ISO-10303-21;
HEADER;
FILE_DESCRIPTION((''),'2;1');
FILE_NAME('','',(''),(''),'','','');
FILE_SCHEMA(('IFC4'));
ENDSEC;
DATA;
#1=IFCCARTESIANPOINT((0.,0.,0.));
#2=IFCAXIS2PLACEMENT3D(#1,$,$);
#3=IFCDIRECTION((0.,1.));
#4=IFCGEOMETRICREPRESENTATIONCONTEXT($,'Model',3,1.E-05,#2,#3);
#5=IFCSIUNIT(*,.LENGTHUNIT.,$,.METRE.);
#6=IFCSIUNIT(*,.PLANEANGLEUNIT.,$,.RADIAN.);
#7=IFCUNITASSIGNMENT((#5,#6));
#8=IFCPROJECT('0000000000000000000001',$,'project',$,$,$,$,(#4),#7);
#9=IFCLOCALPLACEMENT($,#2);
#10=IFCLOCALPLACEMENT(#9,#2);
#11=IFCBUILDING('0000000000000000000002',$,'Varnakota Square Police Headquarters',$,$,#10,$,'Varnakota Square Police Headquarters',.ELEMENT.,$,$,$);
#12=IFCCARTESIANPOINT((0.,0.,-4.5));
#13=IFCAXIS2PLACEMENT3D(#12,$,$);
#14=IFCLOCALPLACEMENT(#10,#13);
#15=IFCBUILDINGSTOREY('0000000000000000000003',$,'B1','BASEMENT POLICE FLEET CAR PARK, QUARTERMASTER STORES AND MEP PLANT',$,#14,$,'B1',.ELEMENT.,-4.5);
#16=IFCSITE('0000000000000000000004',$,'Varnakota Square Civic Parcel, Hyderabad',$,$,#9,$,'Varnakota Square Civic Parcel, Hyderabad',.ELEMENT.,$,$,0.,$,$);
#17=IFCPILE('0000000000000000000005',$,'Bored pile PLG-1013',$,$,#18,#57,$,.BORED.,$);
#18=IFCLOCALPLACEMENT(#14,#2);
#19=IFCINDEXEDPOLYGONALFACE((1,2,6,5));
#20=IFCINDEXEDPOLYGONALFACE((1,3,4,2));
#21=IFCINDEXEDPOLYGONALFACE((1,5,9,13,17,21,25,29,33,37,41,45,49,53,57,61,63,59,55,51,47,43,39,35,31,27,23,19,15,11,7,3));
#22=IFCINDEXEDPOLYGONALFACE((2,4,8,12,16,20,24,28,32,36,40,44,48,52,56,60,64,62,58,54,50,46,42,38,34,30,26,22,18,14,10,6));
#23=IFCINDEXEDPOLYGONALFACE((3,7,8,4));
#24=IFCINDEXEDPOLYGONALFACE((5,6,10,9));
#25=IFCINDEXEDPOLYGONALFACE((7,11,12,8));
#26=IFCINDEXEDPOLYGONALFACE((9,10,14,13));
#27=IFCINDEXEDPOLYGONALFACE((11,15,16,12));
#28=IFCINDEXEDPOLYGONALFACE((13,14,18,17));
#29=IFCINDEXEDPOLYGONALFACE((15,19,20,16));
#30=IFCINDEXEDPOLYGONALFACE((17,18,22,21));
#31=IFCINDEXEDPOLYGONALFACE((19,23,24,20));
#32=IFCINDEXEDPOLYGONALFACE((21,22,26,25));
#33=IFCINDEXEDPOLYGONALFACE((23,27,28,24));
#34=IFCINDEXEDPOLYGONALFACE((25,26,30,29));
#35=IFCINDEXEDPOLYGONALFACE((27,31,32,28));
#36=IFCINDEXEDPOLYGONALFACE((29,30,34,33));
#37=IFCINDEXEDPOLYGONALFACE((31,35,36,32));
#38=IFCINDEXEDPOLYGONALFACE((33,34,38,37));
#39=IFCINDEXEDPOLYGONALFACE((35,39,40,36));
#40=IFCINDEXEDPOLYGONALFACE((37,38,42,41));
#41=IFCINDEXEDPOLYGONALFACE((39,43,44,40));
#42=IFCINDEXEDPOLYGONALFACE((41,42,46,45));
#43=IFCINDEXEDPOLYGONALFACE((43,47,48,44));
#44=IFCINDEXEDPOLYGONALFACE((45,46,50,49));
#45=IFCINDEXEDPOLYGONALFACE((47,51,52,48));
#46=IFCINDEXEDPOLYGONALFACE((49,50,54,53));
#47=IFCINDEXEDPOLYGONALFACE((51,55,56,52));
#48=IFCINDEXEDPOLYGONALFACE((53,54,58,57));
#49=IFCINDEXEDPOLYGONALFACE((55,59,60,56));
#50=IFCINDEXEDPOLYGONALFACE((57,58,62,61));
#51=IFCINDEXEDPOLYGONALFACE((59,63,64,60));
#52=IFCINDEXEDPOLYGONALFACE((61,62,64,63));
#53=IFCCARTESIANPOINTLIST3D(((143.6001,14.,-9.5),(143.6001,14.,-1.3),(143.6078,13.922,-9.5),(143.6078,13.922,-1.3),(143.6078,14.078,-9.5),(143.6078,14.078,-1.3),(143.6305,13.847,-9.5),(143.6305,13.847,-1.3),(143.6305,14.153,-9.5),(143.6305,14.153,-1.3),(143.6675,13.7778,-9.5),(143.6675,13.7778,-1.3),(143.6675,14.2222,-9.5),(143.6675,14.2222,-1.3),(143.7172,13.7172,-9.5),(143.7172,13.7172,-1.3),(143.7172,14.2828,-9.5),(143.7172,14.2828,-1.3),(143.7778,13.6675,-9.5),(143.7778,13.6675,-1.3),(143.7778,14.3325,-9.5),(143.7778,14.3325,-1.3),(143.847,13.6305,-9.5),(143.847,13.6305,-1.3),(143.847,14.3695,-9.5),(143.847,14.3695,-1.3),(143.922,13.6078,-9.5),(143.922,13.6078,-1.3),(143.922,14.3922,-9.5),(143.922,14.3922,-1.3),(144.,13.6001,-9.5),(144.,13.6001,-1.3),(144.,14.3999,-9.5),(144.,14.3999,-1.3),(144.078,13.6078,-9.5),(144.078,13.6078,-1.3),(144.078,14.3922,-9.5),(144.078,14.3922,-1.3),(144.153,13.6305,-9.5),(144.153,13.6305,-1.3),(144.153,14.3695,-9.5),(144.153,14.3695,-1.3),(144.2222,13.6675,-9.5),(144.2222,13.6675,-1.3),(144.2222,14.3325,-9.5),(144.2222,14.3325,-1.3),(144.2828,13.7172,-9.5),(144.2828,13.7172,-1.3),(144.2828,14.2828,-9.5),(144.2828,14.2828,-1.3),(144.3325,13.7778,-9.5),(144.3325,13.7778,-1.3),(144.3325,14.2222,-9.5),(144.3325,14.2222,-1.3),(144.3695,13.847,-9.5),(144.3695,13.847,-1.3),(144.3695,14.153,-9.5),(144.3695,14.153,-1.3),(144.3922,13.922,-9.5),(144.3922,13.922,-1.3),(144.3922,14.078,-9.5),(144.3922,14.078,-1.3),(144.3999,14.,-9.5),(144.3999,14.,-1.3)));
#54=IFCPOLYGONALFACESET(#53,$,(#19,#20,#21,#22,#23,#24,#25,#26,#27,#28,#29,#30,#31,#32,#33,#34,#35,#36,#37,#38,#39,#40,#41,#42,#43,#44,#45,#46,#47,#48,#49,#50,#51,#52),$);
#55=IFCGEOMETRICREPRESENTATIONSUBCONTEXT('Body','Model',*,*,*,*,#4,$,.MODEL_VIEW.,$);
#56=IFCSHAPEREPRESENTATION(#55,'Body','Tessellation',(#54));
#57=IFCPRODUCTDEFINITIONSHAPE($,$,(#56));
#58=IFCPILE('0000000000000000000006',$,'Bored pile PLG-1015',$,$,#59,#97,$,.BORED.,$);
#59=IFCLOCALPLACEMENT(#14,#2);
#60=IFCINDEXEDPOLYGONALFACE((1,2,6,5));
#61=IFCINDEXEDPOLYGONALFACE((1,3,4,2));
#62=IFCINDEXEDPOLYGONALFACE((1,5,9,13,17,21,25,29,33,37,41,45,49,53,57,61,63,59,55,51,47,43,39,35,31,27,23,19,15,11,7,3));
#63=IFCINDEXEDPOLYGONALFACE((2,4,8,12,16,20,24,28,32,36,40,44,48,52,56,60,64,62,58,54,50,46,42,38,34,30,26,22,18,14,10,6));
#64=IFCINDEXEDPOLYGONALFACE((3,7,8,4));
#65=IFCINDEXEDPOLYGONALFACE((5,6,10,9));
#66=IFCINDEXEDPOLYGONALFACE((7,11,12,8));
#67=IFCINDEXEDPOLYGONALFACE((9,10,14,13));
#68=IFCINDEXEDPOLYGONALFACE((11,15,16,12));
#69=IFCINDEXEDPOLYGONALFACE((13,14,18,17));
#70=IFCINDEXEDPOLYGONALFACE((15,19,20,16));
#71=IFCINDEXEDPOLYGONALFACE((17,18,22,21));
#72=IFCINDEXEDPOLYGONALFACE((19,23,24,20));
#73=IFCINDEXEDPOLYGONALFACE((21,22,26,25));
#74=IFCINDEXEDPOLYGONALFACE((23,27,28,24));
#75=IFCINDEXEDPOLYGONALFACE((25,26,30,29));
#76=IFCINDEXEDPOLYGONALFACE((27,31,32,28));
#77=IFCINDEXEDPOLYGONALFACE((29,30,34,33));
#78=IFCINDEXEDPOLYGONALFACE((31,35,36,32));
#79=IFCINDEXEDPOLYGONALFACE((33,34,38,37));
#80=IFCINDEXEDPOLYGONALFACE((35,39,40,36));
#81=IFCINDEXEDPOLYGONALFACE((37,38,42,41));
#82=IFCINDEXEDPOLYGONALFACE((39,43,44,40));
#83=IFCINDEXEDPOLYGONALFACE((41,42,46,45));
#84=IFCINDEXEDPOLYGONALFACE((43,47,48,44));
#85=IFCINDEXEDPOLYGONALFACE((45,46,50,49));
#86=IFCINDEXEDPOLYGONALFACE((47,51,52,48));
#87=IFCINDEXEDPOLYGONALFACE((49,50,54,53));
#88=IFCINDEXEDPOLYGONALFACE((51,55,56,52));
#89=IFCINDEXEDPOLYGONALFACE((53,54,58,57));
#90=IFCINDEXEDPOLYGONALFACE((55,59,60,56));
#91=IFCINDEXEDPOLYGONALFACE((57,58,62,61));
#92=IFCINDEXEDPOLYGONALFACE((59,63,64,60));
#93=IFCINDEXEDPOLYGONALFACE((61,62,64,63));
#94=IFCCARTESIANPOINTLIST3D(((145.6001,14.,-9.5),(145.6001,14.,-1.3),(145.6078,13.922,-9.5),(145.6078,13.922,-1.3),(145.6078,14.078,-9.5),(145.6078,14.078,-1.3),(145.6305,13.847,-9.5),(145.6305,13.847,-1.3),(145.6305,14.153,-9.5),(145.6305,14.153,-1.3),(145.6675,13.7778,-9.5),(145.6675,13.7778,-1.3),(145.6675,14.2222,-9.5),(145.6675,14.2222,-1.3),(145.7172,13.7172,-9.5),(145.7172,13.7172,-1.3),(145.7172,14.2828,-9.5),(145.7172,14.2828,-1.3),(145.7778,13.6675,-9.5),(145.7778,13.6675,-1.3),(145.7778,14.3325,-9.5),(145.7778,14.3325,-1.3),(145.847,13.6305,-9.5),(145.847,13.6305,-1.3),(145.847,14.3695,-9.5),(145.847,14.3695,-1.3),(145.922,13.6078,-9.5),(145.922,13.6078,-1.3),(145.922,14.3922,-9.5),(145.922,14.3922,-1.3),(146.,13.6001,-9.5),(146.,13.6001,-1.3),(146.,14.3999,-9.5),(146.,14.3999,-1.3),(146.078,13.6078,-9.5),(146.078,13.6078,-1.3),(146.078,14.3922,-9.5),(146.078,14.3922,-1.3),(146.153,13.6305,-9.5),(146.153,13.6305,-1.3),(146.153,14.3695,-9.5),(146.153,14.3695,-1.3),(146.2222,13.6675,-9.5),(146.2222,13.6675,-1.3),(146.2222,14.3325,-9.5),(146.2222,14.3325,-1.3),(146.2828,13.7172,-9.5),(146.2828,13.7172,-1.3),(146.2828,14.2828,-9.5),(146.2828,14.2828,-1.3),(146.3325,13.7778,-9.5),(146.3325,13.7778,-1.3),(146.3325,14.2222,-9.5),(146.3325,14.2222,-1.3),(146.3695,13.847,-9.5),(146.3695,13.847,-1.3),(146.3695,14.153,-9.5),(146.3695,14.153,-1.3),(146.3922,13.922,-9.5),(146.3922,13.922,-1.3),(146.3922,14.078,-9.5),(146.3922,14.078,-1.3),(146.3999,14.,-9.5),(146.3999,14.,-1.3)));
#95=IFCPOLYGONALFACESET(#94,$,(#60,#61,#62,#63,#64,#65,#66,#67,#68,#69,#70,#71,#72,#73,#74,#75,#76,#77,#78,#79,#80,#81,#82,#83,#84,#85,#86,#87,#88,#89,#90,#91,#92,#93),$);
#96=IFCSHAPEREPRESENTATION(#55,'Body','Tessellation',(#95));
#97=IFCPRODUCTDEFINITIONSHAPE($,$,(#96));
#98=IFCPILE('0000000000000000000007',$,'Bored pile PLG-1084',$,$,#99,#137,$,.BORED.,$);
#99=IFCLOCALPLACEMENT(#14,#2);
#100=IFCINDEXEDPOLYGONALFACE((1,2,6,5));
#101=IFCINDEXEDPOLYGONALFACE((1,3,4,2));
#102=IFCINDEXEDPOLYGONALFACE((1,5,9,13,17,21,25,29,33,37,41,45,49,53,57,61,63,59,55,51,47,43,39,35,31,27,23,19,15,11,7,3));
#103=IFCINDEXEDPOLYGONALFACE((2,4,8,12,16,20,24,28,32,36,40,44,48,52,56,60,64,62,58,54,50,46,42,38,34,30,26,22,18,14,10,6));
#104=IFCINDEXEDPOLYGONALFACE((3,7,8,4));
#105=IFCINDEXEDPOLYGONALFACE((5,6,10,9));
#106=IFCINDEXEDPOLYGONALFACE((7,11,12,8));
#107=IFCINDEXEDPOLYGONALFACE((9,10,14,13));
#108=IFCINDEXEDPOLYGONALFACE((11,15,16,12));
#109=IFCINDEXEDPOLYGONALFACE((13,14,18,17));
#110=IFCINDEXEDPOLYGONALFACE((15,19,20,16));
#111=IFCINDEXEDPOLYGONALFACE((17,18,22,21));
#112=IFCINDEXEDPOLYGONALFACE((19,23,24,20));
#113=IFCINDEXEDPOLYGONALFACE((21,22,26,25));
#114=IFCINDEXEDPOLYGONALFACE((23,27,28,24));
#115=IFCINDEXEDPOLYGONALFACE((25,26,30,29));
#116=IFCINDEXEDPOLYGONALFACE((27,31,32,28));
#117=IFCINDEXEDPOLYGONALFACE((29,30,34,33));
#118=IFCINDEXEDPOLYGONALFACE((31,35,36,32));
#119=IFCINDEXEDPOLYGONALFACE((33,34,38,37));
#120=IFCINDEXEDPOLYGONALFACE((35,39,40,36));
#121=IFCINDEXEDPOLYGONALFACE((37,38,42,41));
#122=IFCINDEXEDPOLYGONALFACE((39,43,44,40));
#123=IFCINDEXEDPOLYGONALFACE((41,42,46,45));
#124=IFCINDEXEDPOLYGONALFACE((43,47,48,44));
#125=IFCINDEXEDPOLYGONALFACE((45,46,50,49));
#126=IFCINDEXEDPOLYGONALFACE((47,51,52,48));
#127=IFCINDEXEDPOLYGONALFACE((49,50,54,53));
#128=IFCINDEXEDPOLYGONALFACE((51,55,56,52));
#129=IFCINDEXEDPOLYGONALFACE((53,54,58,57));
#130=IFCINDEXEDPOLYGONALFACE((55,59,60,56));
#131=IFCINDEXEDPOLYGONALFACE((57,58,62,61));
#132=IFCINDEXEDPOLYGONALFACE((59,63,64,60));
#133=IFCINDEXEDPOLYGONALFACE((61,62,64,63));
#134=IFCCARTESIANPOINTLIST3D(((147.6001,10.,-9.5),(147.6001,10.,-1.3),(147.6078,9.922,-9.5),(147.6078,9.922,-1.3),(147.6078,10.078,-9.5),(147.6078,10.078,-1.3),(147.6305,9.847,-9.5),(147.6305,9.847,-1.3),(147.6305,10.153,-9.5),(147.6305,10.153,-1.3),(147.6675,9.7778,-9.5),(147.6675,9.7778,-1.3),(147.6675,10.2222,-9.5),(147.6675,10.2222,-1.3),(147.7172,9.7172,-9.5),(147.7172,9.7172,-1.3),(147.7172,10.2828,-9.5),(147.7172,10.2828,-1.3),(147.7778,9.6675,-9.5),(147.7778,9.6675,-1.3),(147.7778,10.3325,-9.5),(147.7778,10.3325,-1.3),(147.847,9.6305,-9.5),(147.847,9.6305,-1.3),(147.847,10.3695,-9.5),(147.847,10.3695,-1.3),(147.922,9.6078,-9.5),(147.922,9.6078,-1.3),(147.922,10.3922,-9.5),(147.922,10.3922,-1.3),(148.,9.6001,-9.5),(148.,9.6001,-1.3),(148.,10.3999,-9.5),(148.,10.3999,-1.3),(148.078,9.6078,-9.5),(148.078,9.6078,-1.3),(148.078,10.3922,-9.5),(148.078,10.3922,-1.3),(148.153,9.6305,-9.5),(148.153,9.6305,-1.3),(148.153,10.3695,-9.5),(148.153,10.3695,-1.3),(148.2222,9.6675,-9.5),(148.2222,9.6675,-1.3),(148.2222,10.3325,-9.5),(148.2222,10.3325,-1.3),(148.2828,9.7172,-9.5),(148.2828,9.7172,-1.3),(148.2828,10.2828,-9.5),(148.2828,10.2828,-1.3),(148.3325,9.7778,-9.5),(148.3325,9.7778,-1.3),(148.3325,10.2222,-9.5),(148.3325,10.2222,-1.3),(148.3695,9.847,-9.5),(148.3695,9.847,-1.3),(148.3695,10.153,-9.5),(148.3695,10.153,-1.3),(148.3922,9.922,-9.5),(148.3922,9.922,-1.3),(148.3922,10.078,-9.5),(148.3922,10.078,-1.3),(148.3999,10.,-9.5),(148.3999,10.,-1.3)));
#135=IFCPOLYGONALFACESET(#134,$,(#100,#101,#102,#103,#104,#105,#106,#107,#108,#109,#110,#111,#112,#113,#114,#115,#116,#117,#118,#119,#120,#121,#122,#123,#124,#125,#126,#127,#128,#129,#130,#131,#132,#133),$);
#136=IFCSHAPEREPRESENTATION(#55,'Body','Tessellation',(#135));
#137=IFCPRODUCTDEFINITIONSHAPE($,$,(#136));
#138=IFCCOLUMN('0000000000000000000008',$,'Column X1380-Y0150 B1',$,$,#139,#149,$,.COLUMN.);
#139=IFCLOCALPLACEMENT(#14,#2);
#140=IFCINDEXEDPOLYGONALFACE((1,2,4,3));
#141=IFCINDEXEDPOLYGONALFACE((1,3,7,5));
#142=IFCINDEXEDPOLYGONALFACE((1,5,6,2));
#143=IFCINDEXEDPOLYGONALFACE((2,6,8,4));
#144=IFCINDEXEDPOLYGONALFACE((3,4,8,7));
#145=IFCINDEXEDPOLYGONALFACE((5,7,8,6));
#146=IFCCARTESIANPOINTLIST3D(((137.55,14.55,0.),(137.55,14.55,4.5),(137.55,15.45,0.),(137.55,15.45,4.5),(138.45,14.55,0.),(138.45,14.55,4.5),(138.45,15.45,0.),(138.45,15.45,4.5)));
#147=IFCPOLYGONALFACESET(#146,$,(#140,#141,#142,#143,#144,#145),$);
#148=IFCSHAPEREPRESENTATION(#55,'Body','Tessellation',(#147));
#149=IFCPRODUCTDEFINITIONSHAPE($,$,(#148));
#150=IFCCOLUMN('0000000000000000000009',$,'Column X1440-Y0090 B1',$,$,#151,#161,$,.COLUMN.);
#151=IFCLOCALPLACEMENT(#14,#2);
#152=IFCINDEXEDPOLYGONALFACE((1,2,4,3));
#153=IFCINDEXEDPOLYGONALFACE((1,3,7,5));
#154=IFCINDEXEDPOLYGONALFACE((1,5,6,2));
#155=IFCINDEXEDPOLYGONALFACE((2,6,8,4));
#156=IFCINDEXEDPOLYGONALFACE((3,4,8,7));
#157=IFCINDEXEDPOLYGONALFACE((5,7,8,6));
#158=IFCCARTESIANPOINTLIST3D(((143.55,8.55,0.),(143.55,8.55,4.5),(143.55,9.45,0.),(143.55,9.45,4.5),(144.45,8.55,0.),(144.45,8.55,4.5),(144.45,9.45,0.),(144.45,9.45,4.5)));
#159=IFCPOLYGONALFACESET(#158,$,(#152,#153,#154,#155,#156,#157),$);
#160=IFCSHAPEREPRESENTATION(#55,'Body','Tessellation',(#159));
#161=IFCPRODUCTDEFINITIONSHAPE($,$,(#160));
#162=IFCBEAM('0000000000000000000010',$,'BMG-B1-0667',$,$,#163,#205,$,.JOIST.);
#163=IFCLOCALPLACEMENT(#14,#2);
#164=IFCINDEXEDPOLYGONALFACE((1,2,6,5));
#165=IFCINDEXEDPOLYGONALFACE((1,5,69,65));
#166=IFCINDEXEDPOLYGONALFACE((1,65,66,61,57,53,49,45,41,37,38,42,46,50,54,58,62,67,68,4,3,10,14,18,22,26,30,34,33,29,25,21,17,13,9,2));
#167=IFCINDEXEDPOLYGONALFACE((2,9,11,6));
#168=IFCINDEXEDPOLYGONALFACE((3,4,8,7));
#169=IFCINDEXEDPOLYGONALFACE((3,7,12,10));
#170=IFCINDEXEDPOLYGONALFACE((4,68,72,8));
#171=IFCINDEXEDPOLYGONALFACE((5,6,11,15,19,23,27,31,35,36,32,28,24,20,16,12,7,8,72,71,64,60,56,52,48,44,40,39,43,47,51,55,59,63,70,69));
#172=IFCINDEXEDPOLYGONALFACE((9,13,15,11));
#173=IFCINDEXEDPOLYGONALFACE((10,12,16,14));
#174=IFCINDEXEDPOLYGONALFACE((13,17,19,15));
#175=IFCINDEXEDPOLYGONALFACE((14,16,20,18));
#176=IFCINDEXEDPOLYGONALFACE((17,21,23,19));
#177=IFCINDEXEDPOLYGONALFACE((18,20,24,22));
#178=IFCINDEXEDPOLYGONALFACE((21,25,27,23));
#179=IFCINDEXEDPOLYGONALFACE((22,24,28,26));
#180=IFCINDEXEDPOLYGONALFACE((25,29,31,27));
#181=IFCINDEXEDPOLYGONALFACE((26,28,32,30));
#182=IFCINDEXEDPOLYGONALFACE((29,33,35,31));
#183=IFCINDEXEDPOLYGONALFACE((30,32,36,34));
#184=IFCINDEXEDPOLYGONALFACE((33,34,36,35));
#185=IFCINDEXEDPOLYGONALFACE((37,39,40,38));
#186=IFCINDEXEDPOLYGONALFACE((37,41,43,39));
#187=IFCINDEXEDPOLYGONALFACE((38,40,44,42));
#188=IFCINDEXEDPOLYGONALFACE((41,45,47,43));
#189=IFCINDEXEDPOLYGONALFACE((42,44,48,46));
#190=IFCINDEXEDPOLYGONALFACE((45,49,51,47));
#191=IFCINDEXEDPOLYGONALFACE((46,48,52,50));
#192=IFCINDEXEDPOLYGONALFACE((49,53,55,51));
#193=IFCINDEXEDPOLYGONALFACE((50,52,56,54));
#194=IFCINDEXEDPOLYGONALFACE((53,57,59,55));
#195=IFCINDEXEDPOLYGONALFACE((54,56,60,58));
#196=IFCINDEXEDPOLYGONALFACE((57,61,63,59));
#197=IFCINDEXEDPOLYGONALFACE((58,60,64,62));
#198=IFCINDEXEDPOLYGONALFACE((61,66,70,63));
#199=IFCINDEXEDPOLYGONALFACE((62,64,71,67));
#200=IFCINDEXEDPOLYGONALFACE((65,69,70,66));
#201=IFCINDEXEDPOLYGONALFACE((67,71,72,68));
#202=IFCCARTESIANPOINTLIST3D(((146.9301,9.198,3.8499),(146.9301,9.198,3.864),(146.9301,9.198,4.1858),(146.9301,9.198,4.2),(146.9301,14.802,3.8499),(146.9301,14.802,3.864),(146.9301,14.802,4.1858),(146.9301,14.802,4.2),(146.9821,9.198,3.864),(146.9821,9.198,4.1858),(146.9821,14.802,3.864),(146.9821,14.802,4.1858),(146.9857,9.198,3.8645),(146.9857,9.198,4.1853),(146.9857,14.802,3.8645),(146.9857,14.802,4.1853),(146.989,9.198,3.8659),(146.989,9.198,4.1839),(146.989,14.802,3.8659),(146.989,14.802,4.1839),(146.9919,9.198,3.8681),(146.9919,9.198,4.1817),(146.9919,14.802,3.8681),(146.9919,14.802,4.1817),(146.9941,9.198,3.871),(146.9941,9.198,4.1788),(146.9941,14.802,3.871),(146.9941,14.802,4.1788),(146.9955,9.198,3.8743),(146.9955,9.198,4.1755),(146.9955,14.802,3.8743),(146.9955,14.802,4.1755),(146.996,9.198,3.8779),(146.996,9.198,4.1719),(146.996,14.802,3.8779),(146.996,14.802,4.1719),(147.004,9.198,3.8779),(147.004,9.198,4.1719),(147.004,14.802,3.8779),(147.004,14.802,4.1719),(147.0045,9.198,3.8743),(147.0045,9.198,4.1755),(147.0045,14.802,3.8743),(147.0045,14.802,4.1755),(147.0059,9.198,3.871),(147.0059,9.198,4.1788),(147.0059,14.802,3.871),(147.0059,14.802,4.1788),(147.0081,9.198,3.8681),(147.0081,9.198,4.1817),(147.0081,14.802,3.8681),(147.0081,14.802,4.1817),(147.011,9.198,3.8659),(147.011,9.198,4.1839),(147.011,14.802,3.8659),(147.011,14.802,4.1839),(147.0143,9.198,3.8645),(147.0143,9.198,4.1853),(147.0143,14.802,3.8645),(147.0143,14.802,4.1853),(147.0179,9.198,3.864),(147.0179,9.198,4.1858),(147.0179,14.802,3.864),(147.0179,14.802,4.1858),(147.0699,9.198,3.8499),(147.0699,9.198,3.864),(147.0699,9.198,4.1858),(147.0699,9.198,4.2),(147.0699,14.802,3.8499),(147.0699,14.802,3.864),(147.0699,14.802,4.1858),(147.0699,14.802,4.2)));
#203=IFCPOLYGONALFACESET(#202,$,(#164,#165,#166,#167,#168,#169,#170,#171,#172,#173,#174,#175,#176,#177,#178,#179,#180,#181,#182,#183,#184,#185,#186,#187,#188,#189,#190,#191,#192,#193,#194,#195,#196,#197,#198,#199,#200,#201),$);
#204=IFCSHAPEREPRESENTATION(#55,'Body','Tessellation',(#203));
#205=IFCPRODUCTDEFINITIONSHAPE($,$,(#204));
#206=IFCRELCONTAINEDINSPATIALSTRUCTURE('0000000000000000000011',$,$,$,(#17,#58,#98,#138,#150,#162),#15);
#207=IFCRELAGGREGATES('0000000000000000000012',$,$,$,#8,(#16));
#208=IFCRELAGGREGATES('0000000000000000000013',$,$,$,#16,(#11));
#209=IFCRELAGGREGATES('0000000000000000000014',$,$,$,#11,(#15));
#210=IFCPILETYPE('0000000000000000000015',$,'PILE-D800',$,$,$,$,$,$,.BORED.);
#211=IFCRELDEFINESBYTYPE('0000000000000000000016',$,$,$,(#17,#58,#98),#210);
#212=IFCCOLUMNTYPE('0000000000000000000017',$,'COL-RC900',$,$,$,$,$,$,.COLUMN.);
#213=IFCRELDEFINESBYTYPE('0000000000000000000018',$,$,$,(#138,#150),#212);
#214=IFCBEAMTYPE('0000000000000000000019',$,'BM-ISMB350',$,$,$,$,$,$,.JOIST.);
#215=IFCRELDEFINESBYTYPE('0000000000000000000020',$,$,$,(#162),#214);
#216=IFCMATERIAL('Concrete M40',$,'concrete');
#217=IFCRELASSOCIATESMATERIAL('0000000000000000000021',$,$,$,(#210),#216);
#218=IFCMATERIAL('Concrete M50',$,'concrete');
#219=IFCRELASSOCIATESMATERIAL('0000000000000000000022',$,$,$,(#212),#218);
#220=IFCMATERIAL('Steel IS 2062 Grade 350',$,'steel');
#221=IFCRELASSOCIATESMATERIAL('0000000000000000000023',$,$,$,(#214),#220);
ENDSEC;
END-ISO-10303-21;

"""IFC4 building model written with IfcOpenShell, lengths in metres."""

from ifc_helpers import new_model, si_unit, direction, frame, origin, origin_2d, place, context, subcontext, project, spatial, rectangle, circle, i_section, extrude, material, material_profile, profile_set, type_object, element, save


model = new_model("IFC4")

# Units and contexts
model_context = context("Model", 3, precision=1e-05, world=origin(), true_north=direction((0.0, 1.0)))
body_context = subcontext(model_context, "Body", "Model", "MODEL_VIEW")
ifc_project = project(units=[si_unit("LENGTHUNIT", "METRE"), si_unit("PLANEANGLEUNIT", "RADIAN")], contexts=[model_context])

# Site, building, storey
site_placement = place(None, origin())
site = spatial("IfcSite", under=ifc_project, at=site_placement, Name="Varnakota Square Civic Parcel, Hyderabad", LongName="Varnakota Square Civic Parcel, Hyderabad", CompositionType="ELEMENT", RefElevation=0.0)
building_placement = place(site_placement, origin())
building = spatial("IfcBuilding", under=site, at=building_placement, Name="Varnakota Square Police Headquarters", LongName="Varnakota Square Police Headquarters", CompositionType="ELEMENT")
storey_placement = place(building_placement, frame((0.0, 0.0, -4.5)))
storey = spatial("IfcBuildingStorey", under=building, at=storey_placement, Name="B1", Description="BASEMENT POLICE FLEET CAR PARK, QUARTERMASTER STORES AND MEP PLANT", LongName="B1", CompositionType="ELEMENT", Elevation=-4.5)

# Shared definitions
ifc_material_1 = material(Name="Concrete M40", Category="concrete")
ifc_material_2 = material(Name="Concrete M50", Category="concrete")

# Piles
ifc_material_profile_1 = material_profile(ifc_material_1, circle(Radius=0.3999, at=origin_2d()), Name="BORED PILE 800")
ifc_profile_set_1 = profile_set([ifc_material_profile_1], Name="Concrete M40")
pile_type = type_object("IfcPileType", Name="PILE-D800", PredefinedType="BORED", material=ifc_profile_set_1)
for number, where, z_axis, x_axis, name in (
    (1, (144.0, 14.0, -1.3), (0.0, 0.0, -1.0), (1.0, 0.0, 0.0), "Bored pile PLG-1013"),
    (2, (146.0, 14.0, -1.3), (0.0, 0.0, -1.0), (1.0, 0.0, 0.0), "Bored pile PLG-1015"),
    (3, (148.0, 10.0, -1.3), (0.0, 0.0, -1.0), (1.0, 0.0, 0.0), "Bored pile PLG-1084"),
):
    element("IfcPile", number, at=place(storey_placement, frame(where, z_axis=z_axis, x_axis=x_axis)), inside=storey, type_object=pile_type, Name=name, PredefinedType="BORED", context=body_context, shape_type="SweptSolid", body=[
        extrude(circle(Radius=0.3999, at=origin_2d()), origin(), (0.0, 0.0, 1.0), 8.2),
    ])

# Columns
ifc_material_profile_2 = material_profile(ifc_material_2, rectangle(XDim=0.8999, YDim=0.8999, at=origin_2d()), Name="RC 900x900")
ifc_profile_set_2 = profile_set([ifc_material_profile_2], Name="Concrete M50")
column_type = type_object("IfcColumnType", Name="COL-RC900", PredefinedType="COLUMN", material=ifc_profile_set_2)
for number, where, z_axis, x_axis, name in (
    (4, (138.0, 15.0, 0.0), (0.0, 0.0, 1.0), (1.0, 0.0, 0.0), "Column X1380-Y0150 B1"),
    (5, (144.0, 9.0, 0.0), (0.0, 0.0, 1.0), (1.0, 0.0, 0.0), "Column X1440-Y0090 B1"),
):
    element("IfcColumn", number, at=place(storey_placement, frame(where, z_axis=z_axis, x_axis=x_axis)), inside=storey, type_object=column_type, Name=name, PredefinedType="COLUMN", context=body_context, shape_type="SweptSolid", body=[
        extrude(rectangle(XDim=0.8999, YDim=0.8999, at=origin_2d()), origin(), (0.0, 0.0, 1.0), 4.5),
    ])

# Beam
ifc_material_3 = material(Name="Steel IS 2062 Grade 350", Category="steel")
ifc_material_profile_3 = material_profile(ifc_material_3, i_section(OverallWidth=0.1399, OverallDepth=0.3501, WebThickness=0.0081, FlangeThickness=0.0142, FilletRadius=0.0139, at=origin_2d()), Name="ISMB 350")
ifc_profile_set_3 = profile_set([ifc_material_profile_3], Name="Steel IS 2062 Grade 350")
beam_type_1 = type_object("IfcBeamType", Name="BM-ISMB350", PredefinedType="JOIST", material=ifc_profile_set_3)
beam_1_placement = place(storey_placement, frame((147.0, 9.198, 4.0249), z_axis=(0.0, 1.0, 0.0), x_axis=(-1.0, 0.0, 0.0)))
element("IfcBeam", 6, at=beam_1_placement, inside=storey, type_object=beam_type_1, Name="BMG-B1-0667", PredefinedType="JOIST", context=body_context, shape_type="SweptSolid", body=[
    extrude(i_section(OverallWidth=0.1399, OverallDepth=0.3501, WebThickness=0.0081, FlangeThickness=0.0142, FilletRadius=0.0139, at=origin_2d()), origin(), (0.0, 0.0, 1.0), 5.604),
])

save(model, "model.ifc")
